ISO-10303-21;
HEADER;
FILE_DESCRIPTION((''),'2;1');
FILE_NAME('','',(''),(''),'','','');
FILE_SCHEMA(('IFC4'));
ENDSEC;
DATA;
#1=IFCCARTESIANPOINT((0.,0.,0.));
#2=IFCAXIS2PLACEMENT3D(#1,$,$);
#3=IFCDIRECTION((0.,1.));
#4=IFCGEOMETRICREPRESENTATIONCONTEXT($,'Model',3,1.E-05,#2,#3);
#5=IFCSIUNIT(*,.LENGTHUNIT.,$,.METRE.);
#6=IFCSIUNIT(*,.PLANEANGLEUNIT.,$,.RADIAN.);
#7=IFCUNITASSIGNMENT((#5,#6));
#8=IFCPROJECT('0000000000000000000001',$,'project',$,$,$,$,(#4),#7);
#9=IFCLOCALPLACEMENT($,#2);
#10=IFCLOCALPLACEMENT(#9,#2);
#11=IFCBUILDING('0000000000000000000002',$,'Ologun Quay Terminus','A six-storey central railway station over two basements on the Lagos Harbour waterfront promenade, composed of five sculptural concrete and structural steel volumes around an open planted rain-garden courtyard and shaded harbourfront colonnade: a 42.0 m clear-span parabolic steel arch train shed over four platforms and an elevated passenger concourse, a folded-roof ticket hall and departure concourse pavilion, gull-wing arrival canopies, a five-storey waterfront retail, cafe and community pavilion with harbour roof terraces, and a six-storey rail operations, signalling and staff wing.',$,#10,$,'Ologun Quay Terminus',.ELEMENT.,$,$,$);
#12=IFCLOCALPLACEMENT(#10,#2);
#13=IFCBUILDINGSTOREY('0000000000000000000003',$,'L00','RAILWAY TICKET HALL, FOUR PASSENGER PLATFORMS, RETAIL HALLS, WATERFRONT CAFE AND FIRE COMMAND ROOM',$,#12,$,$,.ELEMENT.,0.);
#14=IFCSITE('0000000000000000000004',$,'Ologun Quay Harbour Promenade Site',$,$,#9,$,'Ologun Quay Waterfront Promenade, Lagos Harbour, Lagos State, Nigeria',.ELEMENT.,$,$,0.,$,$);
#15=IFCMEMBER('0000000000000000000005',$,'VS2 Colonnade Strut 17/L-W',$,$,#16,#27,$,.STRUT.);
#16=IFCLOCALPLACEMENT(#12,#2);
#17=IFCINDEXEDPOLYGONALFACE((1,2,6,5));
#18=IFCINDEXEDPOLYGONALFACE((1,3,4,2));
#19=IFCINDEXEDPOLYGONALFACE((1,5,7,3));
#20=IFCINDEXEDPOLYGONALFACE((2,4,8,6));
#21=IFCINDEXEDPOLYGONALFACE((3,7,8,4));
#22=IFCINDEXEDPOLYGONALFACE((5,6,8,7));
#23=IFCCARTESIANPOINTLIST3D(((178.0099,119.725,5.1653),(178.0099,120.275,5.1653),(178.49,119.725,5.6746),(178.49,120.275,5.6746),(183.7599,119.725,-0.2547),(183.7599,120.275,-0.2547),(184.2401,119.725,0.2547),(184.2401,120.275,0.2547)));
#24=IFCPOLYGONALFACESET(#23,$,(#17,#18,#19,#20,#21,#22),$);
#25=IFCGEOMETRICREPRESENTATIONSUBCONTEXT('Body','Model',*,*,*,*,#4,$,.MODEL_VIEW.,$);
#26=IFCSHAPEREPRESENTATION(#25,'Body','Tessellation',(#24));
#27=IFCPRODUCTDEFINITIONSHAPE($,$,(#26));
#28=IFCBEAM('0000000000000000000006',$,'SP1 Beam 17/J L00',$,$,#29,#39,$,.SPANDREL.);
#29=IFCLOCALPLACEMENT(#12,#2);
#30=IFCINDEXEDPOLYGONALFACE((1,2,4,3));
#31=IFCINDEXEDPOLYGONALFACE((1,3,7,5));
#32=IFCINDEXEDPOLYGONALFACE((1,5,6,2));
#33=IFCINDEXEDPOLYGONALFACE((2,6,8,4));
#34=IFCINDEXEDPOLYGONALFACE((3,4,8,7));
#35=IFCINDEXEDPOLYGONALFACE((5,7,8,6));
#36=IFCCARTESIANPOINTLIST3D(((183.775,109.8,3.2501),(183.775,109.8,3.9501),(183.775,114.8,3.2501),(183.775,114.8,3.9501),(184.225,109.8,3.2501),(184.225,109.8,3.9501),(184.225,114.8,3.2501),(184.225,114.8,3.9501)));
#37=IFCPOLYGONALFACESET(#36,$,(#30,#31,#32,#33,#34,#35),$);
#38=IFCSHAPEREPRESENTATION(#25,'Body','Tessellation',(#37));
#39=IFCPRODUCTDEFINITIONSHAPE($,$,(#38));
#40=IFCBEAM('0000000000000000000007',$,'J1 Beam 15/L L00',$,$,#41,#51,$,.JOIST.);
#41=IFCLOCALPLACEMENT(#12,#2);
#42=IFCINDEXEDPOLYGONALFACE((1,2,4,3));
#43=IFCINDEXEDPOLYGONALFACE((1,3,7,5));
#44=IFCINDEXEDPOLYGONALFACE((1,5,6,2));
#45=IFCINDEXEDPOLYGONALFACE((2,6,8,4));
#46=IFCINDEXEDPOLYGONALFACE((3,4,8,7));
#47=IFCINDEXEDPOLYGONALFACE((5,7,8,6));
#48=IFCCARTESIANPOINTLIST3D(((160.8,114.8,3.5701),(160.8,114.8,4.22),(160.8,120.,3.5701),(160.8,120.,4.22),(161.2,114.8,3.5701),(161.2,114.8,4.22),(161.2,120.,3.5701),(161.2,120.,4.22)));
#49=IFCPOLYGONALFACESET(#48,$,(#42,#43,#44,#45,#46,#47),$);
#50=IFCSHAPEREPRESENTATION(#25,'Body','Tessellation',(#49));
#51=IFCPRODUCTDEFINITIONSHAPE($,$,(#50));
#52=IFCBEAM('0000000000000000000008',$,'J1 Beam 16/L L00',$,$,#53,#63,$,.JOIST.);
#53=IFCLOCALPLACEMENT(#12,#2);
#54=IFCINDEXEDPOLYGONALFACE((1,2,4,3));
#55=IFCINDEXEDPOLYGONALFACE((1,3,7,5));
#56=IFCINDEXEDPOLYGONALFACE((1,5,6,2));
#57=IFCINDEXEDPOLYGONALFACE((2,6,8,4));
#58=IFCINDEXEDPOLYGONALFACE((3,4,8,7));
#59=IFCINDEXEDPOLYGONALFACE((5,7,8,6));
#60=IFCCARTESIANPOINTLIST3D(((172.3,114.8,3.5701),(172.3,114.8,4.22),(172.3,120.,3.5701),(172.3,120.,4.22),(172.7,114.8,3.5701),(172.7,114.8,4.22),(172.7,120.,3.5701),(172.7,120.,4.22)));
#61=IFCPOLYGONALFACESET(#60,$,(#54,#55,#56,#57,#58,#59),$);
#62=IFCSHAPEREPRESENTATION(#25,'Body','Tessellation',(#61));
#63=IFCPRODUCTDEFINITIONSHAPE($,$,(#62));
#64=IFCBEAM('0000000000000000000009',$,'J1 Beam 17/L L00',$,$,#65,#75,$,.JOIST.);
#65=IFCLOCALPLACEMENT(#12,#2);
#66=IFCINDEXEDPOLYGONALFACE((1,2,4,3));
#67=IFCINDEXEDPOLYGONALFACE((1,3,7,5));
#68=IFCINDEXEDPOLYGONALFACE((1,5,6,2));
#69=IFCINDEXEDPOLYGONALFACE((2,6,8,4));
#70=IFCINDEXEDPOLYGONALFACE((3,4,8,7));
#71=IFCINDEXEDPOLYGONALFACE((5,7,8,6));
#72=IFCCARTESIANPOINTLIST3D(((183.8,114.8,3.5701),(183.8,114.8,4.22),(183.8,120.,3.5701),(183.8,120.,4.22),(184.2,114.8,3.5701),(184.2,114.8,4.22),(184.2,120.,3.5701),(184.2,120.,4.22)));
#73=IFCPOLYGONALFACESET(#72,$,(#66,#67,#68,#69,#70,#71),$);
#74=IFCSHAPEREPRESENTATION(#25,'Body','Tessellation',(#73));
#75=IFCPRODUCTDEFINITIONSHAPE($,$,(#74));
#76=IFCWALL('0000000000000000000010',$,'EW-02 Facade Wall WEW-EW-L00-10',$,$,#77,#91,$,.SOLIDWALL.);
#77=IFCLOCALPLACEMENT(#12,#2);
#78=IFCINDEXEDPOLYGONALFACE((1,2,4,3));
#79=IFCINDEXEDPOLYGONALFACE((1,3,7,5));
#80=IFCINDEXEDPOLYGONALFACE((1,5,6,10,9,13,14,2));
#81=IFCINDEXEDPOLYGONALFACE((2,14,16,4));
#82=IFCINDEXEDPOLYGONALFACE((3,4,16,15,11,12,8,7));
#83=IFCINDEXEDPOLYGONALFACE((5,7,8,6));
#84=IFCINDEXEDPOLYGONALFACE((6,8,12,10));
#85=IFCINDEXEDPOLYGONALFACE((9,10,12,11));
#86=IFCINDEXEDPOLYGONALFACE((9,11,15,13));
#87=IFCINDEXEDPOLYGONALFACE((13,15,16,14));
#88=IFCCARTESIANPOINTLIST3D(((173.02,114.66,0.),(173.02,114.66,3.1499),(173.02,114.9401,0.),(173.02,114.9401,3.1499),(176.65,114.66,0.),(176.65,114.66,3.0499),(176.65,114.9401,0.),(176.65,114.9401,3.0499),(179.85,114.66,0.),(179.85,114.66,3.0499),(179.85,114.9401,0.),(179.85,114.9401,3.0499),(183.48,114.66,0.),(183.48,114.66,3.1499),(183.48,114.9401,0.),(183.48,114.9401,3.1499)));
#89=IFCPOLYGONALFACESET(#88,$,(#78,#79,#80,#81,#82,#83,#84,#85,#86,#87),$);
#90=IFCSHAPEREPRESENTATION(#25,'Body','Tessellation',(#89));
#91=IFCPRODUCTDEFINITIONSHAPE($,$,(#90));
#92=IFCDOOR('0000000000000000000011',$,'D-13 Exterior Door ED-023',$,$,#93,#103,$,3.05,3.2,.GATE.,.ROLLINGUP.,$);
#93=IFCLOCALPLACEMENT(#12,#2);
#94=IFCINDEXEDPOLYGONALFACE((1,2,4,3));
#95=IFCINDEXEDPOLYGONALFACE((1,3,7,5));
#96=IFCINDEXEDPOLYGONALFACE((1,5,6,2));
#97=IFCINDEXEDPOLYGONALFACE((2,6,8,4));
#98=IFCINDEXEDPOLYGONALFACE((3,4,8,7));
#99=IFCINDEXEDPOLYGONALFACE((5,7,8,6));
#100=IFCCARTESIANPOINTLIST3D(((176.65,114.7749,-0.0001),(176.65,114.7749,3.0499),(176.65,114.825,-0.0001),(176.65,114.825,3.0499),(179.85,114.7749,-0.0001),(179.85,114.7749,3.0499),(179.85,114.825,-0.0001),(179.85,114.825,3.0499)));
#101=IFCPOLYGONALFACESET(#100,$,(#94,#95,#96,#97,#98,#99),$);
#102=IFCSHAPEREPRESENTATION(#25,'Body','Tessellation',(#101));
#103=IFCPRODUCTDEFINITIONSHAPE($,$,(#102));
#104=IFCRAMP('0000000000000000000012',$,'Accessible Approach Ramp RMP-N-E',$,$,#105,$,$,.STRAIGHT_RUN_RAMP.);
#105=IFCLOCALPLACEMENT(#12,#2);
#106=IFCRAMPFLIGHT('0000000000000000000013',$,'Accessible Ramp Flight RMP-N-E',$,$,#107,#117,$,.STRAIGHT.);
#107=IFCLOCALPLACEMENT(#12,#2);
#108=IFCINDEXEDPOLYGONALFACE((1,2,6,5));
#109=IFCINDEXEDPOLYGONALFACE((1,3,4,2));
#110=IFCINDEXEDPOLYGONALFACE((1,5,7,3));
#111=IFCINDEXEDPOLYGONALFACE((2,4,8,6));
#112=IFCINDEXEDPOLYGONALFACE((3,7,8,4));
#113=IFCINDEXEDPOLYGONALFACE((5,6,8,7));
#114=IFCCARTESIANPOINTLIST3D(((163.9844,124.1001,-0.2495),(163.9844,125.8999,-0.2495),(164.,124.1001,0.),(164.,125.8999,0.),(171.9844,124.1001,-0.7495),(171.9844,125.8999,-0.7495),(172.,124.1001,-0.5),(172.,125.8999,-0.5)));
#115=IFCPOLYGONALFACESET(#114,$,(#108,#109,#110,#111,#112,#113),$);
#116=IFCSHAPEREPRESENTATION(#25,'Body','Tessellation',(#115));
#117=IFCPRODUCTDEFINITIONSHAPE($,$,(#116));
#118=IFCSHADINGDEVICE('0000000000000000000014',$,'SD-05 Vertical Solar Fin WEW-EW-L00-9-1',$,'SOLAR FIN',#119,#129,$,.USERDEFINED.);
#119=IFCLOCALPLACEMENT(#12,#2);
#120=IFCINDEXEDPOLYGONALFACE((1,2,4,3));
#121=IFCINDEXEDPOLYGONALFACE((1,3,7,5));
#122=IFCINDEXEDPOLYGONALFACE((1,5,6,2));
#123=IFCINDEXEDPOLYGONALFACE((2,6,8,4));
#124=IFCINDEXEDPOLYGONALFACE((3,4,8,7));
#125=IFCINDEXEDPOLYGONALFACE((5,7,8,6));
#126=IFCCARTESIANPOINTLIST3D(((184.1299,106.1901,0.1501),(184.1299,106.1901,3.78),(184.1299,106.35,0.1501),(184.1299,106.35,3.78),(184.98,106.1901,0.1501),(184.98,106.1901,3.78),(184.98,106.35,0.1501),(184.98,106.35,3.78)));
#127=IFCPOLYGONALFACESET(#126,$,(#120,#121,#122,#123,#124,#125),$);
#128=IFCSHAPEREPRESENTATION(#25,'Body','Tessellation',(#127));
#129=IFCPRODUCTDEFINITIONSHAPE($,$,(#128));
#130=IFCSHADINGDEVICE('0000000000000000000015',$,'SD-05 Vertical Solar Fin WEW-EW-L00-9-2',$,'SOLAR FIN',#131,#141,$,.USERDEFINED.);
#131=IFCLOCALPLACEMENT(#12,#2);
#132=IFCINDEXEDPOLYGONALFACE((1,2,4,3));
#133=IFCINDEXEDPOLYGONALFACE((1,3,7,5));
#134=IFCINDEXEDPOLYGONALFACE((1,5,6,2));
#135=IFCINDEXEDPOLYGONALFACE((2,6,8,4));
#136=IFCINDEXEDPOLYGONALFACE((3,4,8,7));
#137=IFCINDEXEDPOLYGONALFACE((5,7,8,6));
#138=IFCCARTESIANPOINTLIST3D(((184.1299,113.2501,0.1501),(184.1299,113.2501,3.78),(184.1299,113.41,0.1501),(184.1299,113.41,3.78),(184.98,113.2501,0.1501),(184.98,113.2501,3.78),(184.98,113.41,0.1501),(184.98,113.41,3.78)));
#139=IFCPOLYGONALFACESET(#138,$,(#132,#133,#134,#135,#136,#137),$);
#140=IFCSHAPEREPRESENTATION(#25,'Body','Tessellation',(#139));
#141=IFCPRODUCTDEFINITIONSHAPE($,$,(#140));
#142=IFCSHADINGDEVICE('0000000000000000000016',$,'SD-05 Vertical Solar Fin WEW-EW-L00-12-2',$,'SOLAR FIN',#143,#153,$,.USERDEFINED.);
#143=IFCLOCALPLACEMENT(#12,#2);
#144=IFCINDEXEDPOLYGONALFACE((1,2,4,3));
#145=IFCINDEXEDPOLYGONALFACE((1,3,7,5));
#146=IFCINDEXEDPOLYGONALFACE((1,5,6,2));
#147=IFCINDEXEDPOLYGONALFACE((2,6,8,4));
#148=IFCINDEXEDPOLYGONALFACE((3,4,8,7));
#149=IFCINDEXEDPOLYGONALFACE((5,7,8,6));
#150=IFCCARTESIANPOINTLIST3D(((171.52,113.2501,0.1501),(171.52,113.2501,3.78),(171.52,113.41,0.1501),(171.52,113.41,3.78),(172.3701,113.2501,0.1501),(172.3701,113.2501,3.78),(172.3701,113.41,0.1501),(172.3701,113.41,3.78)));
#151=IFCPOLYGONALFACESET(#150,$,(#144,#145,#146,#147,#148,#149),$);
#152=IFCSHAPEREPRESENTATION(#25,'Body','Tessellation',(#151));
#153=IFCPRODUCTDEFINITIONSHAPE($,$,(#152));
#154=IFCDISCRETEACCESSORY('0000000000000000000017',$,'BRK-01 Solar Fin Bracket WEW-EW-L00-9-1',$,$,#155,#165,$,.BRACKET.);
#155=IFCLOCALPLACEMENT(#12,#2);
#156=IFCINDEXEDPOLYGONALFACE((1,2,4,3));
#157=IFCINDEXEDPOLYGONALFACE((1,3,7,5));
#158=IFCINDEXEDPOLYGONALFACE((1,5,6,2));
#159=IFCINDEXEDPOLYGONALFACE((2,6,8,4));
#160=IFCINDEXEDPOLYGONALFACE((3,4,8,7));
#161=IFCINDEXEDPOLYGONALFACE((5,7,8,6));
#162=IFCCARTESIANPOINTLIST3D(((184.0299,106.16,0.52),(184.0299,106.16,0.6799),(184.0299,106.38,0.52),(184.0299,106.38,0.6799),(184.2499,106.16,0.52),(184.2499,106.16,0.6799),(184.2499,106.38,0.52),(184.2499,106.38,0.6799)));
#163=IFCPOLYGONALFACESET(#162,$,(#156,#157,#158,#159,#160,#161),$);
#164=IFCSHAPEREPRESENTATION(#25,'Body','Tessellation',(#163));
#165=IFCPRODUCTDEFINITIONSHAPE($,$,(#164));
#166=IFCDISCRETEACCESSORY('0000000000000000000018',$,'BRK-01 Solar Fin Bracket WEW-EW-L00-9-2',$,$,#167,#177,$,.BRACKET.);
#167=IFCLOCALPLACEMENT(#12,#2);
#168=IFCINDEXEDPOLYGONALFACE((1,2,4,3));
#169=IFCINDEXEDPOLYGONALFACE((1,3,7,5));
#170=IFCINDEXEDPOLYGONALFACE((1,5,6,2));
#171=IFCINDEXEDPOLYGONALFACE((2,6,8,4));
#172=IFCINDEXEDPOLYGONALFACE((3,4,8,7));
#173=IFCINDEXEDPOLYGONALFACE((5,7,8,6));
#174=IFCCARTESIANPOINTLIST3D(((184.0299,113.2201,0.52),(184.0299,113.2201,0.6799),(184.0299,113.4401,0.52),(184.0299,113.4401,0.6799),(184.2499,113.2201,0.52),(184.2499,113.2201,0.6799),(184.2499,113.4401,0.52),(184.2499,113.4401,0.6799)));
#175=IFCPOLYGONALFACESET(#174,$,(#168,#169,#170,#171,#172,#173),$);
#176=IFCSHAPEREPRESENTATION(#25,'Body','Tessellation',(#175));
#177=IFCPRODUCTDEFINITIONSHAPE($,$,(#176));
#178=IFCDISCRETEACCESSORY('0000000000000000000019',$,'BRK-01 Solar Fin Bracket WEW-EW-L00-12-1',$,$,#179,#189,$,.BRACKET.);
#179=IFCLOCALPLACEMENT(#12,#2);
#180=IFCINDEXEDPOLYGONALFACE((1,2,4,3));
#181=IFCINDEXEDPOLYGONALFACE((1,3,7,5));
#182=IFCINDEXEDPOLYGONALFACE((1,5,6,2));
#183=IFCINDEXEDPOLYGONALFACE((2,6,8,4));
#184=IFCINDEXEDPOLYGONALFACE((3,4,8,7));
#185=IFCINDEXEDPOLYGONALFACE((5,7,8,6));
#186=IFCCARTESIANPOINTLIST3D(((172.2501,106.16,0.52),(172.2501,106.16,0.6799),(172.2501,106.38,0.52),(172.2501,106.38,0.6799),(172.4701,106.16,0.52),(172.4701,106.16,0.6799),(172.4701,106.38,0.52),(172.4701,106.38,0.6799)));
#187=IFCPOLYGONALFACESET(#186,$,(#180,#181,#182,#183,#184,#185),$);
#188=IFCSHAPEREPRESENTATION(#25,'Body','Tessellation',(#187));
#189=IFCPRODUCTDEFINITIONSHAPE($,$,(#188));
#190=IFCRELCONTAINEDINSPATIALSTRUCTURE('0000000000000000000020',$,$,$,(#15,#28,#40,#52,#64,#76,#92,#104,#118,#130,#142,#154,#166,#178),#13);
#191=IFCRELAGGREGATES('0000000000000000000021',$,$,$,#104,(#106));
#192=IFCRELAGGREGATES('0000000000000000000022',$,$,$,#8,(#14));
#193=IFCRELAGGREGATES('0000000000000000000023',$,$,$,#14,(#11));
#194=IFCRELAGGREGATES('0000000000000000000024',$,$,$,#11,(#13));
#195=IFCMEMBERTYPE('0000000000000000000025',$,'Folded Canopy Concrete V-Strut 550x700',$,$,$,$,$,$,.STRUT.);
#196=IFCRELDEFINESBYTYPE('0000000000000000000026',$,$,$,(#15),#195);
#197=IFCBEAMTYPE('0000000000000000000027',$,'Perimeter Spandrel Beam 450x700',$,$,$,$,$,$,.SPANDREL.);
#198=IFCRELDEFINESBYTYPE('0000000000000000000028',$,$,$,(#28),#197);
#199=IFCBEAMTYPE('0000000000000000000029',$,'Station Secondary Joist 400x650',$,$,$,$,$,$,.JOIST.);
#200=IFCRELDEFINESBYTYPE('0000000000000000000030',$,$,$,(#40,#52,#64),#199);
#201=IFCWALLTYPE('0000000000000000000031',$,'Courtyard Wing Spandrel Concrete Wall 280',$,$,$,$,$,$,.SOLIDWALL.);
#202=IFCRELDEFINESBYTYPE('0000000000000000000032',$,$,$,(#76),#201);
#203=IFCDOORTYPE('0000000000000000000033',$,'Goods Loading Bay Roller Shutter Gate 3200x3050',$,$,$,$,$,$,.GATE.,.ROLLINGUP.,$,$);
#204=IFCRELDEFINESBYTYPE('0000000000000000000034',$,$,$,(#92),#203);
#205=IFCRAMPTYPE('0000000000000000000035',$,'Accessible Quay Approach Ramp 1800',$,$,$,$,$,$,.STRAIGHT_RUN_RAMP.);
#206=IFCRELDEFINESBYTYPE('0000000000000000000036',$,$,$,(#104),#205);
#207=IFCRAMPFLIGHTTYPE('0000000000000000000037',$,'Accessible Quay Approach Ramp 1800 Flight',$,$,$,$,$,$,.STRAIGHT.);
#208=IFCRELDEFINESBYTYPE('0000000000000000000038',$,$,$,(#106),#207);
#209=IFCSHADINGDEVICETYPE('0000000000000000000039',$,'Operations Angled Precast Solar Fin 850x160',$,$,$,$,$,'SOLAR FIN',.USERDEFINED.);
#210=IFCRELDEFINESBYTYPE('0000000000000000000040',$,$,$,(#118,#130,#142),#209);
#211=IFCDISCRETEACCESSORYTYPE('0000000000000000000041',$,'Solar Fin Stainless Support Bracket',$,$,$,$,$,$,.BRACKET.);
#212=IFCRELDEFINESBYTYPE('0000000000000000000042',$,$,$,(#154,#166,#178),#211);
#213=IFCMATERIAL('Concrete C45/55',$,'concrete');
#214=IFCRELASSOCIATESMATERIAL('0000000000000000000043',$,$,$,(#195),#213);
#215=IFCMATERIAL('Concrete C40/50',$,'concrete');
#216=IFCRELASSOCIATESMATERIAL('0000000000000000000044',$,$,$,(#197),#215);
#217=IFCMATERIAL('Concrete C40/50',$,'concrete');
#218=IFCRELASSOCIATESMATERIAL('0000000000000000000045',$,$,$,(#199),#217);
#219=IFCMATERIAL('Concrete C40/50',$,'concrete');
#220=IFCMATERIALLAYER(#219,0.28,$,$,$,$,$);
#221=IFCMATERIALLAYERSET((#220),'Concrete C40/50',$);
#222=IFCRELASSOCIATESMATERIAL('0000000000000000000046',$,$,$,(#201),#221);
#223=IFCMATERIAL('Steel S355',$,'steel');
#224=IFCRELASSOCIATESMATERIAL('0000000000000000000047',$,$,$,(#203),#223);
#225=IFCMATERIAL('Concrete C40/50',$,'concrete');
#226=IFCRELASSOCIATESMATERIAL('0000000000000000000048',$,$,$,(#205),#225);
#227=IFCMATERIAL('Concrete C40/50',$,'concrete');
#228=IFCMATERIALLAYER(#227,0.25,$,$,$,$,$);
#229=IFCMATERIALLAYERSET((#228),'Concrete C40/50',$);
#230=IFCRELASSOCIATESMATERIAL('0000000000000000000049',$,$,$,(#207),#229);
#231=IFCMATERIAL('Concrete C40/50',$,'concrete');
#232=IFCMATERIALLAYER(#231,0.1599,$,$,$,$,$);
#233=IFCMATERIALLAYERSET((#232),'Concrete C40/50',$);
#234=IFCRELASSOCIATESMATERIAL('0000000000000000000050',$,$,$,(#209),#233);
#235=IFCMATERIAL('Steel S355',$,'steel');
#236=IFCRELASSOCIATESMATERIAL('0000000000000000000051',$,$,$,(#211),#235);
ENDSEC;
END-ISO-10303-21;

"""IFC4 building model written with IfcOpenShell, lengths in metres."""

from ifc_helpers import new_model, si_unit, direction, frame, frame_2d, origin, origin_2d, place, context, subcontext, project, spatial, polyline, rectangle, outline, extrude, material, layer, layer_set, material_profile, profile_set, type_object, element, fill, aggregate, save


model = new_model("IFC4")

# Units and contexts
model_context = context("Model", 3, precision=1e-05, world=origin(), true_north=direction((0.0, 1.0)))
body_context = subcontext(model_context, "Body", "Model", "MODEL_VIEW")
ifc_project = project(units=[si_unit("LENGTHUNIT", "METRE"), si_unit("PLANEANGLEUNIT", "RADIAN")], contexts=[model_context])

# Site, building, storey
site_placement = place(None, origin())
site = spatial("IfcSite", under=ifc_project, at=site_placement, Name="Ologun Quay Harbour Promenade Site", LongName="Ologun Quay Waterfront Promenade, Lagos Harbour, Lagos State, Nigeria", CompositionType="ELEMENT", RefElevation=0.0)
building_placement = place(site_placement, origin())
building = spatial("IfcBuilding", under=site, at=building_placement, Name="Ologun Quay Terminus", Description="A six-storey central railway station over two basements on the Lagos Harbour waterfront promenade, composed of five sculptural concrete and structural steel volumes around an open planted rain-garden courtyard and shaded harbourfront colonnade: a 42.0 m clear-span parabolic steel arch train shed over four platforms and an elevated passenger concourse, a folded-roof ticket hall and departure concourse pavilion, gull-wing arrival canopies, a five-storey waterfront retail, cafe and community pavilion with harbour roof terraces, and a six-storey rail operations, signalling and staff wing.", LongName="Ologun Quay Terminus", CompositionType="ELEMENT")
storey_placement = place(building_placement, origin())
storey = spatial("IfcBuildingStorey", under=building, at=storey_placement, Name="L00", Description="RAILWAY TICKET HALL, FOUR PASSENGER PLATFORMS, RETAIL HALLS, WATERFRONT CAFE AND FIRE COMMAND ROOM", CompositionType="ELEMENT", Elevation=0.0)

# Member
ifc_material_1 = material(Name="Concrete C45/55", Category="concrete")
ifc_material_profile_1 = material_profile(ifc_material_1, rectangle(XDim=0.55, YDim=0.7, at=origin_2d()), Name="RC 550x700")
ifc_profile_set_1 = profile_set([ifc_material_profile_1], Name="Concrete C45/55")
member_type = type_object("IfcMemberType", Name="Folded Canopy Concrete V-Strut 550x700", PredefinedType="STRUT", material=ifc_profile_set_1)
for number, where, z_axis, x_axis, name in (
    (1, (184.0, 120.0, 0.0), (-0.727685, 0.0, 0.685912), (0.0, -1.0, 0.0), "VS2 Colonnade Strut 17/L-W"),
):
    element("IfcMember", number, at=place(storey_placement, frame(where, z_axis=z_axis, x_axis=x_axis)), inside=storey, type_object=member_type, Name=name, PredefinedType="STRUT", context=body_context, shape_type="SweptSolid", body=[
        extrude(rectangle(XDim=0.55, YDim=0.7, at=origin_2d()), origin(), (0.0, 0.0, 1.0), 7.9019),
    ])

# Beams
ifc_material_2 = material(Name="Concrete C40/50", Category="concrete")
ifc_material_profile_2 = material_profile(ifc_material_2, rectangle(XDim=0.45, YDim=0.7, at=origin_2d()), Name="RC 450x700")
ifc_profile_set_2 = profile_set([ifc_material_profile_2], Name="Concrete C40/50")
beam_type_1 = type_object("IfcBeamType", Name="Perimeter Spandrel Beam 450x700", PredefinedType="SPANDREL", material=ifc_profile_set_2)
beam_1_placement = place(storey_placement, frame((184.0, 109.8, 3.6001), z_axis=(0.0, 1.0, 0.0), x_axis=(-1.0, 0.0, 0.0)))
element("IfcBeam", 2, at=beam_1_placement, inside=storey, type_object=beam_type_1, Name="SP1 Beam 17/J L00", PredefinedType="SPANDREL", context=body_context, shape_type="SweptSolid", body=[
    extrude(rectangle(XDim=0.45, YDim=0.7, at=origin_2d()), origin(), (0.0, 0.0, 1.0), 5.0),
])
ifc_material_3 = material(Name="Concrete C40/50", Category="concrete")
ifc_material_profile_3 = material_profile(ifc_material_3, rectangle(XDim=0.3999, YDim=0.6499, at=origin_2d()), Name="RC 400x650")
ifc_profile_set_3 = profile_set([ifc_material_profile_3], Name="Concrete C40/50")
beam_type_2 = type_object("IfcBeamType", Name="Station Secondary Joist 400x650", PredefinedType="JOIST", material=ifc_profile_set_3)
for number, where, z_axis, x_axis, name in (
    (3, (161.0, 114.8, 3.895), (0.0, 1.0, 0.0), (-1.0, 0.0, 0.0), "J1 Beam 15/L L00"),
    (4, (172.5, 114.8, 3.895), (0.0, 1.0, 0.0), (-1.0, 0.0, 0.0), "J1 Beam 16/L L00"),
    (5, (184.0, 114.8, 3.895), (0.0, 1.0, 0.0), (-1.0, 0.0, 0.0), "J1 Beam 17/L L00"),
):
    element("IfcBeam", number, at=place(storey_placement, frame(where, z_axis=z_axis, x_axis=x_axis)), inside=storey, type_object=beam_type_2, Name=name, PredefinedType="JOIST", context=body_context, shape_type="SweptSolid", body=[
        extrude(rectangle(XDim=0.3999, YDim=0.6499, at=origin_2d()), origin(), (0.0, 0.0, 1.0), 5.2),
    ])

# Wall, opening, door
ifc_material_4 = material(Name="Concrete C40/50", Category="concrete")
ifc_layer_1 = layer(ifc_material_4, 0.28)
ifc_layer_set_1 = layer_set([ifc_layer_1], Name="Concrete C40/50")
wall_type = type_object("IfcWallType", Name="Courtyard Wing Spandrel Concrete Wall 280", PredefinedType="SOLIDWALL", material=ifc_layer_set_1)
wall_placement = place(storey_placement, frame((173.02, 114.8, 0.0), z_axis=(0.0, 0.0, 1.0), x_axis=(1.0, 0.0, 0.0)))
wall = element("IfcWall", 6, at=wall_placement, inside=storey, type_object=wall_type, Name="EW-02 Facade Wall WEW-EW-L00-10", PredefinedType="SOLIDWALL", context=body_context, shape_type="SweptSolid", body=[
    extrude(rectangle(XDim=10.46, YDim=0.28, at=frame_2d((5.23, 0.0))), origin(), (0.0, 0.0, 1.0), 3.1499),
])
opening_placement = place(wall_placement, frame((3.6299, 0.0, 0.0)))
opening = element("IfcOpeningElement", 7, at=opening_placement, cuts=wall, PredefinedType="OPENING", context=body_context, shape_type="SweptSolid", body=[
    extrude(rectangle(XDim=3.2, YDim=3.05, at=frame_2d((1.6001, 1.5249))), frame((0.0, 0.1499, 0.0), z_axis=(0.0, -1.0, 0.0), x_axis=(1.0, 0.0, 0.0)), (0.0, 0.0, 1.0), 0.3),
])
ifc_material_5 = material(Name="Steel S355", Category="steel")
door_type = type_object("IfcDoorType", Name="Goods Loading Bay Roller Shutter Gate 3200x3050", OperationType="ROLLINGUP", PredefinedType="GATE", material=ifc_material_5)
door_placement = place(opening_placement, origin())
door = element("IfcDoor", 8, at=door_placement, inside=storey, type_object=door_type, Name="D-13 Exterior Door ED-023", OperationType="ROLLINGUP", OverallHeight=3.05, OverallWidth=3.2, PredefinedType="GATE", context=body_context, shape_type="SweptSolid", body=[
    extrude(rectangle(XDim=3.2, YDim=3.05, at=frame_2d((1.6001, 1.5249))), frame((0.0, 0.0249, 0.0), z_axis=(0.0, -1.0, 0.0), x_axis=(1.0, 0.0, 0.0)), (0.0, 0.0, 1.0), 0.05),
])
fill(opening, door)

# Ramp, ramp flight
ifc_material_6 = material(Name="Concrete C40/50", Category="concrete")
ramp_type = type_object("IfcRampType", Name="Accessible Quay Approach Ramp 1800", PredefinedType="STRAIGHT_RUN_RAMP", material=ifc_material_6)
ramp_placement = place(storey_placement, origin())
ramp = element("IfcRamp", 9, at=ramp_placement, inside=storey, type_object=ramp_type, Name="Accessible Approach Ramp RMP-N-E", PredefinedType="STRAIGHT_RUN_RAMP")
ifc_material_7 = material(Name="Concrete C40/50", Category="concrete")
ifc_layer_2 = layer(ifc_material_7, 0.25)
ifc_layer_set_2 = layer_set([ifc_layer_2], Name="Concrete C40/50")
ramp_flight_type = type_object("IfcRampFlightType", Name="Accessible Quay Approach Ramp 1800 Flight", PredefinedType="STRAIGHT", material=ifc_layer_set_2)
ramp_flight_placement = place(storey_placement, frame((172.0, 124.1001, -0.5), z_axis=(0.062378, 0.0, 0.998053), x_axis=(-0.998053, 0.0, 0.062378)))
ramp_flight = element("IfcRampFlight", 10, at=ramp_flight_placement, type_object=ramp_flight_type, Name="Accessible Ramp Flight RMP-N-E", PredefinedType="STRAIGHT", context=body_context, shape_type="SweptSolid", body=[
    extrude(outline(polyline([(0.0, 0.0), (8.0156, 0.0), (8.0156, -1.7998), (0.0, -1.7998), (0.0, 0.0)])), origin(), (0.0, 0.0, -1.0), 0.25),
])
aggregate(ramp, [ramp_flight])

# Shading devices
ifc_material_8 = material(Name="Concrete C40/50", Category="concrete")
ifc_layer_3 = layer(ifc_material_8, 0.1599)
ifc_layer_set_3 = layer_set([ifc_layer_3], Name="Concrete C40/50")
shading_device_type = type_object("IfcShadingDeviceType", Name="Operations Angled Precast Solar Fin 850x160", ElementType="SOLAR FIN", PredefinedType="USERDEFINED", material=ifc_layer_set_3)
for number, where, z_axis, x_axis, name in (
    (11, (184.5549, 106.27, 0.1501), (0.0, 0.0, 1.0), (1.0, 0.0, 0.0), "SD-05 Vertical Solar Fin WEW-EW-L00-9-1"),
    (12, (184.5549, 113.3301, 0.1501), (0.0, 0.0, 1.0), (1.0, 0.0, 0.0), "SD-05 Vertical Solar Fin WEW-EW-L00-9-2"),
    (13, (171.9451, 113.3301, 0.1501), (0.0, 0.0, 1.0), (1.0, 0.0, 0.0), "SD-05 Vertical Solar Fin WEW-EW-L00-12-2"),
):
    element("IfcShadingDevice", number, at=place(storey_placement, frame(where, z_axis=z_axis, x_axis=x_axis)), inside=storey, type_object=shading_device_type, Name=name, ObjectType="SOLAR FIN", PredefinedType="USERDEFINED", context=body_context, shape_type="SweptSolid", body=[
        extrude(rectangle(XDim=0.8501, YDim=0.1599, at=origin_2d()), origin(), (0.0, 0.0, 1.0), 3.6299),
    ])

# Discrete accessories
ifc_material_9 = material(Name="Steel S355", Category="steel")
discrete_accessory_type = type_object("IfcDiscreteAccessoryType", Name="Solar Fin Stainless Support Bracket", PredefinedType="BRACKET", material=ifc_material_9)
for number, where, z_axis, x_axis, name in (
    (14, (184.1399, 106.27, 0.52), (0.0, 0.0, 1.0), (1.0, 0.0, 0.0), "BRK-01 Solar Fin Bracket WEW-EW-L00-9-1"),
    (15, (184.1399, 113.3301, 0.52), (0.0, 0.0, 1.0), (1.0, 0.0, 0.0), "BRK-01 Solar Fin Bracket WEW-EW-L00-9-2"),
    (16, (172.3601, 106.27, 0.52), (0.0, 0.0, 1.0), (1.0, 0.0, 0.0), "BRK-01 Solar Fin Bracket WEW-EW-L00-12-1"),
):
    element("IfcDiscreteAccessory", number, at=place(storey_placement, frame(where, z_axis=z_axis, x_axis=x_axis)), inside=storey, type_object=discrete_accessory_type, Name=name, PredefinedType="BRACKET", context=body_context, shape_type="SweptSolid", body=[
        extrude(rectangle(XDim=0.22, YDim=0.22, at=origin_2d()), origin(), (0.0, 0.0, 1.0), 0.1599),
    ])

save(model, "model.ifc")
